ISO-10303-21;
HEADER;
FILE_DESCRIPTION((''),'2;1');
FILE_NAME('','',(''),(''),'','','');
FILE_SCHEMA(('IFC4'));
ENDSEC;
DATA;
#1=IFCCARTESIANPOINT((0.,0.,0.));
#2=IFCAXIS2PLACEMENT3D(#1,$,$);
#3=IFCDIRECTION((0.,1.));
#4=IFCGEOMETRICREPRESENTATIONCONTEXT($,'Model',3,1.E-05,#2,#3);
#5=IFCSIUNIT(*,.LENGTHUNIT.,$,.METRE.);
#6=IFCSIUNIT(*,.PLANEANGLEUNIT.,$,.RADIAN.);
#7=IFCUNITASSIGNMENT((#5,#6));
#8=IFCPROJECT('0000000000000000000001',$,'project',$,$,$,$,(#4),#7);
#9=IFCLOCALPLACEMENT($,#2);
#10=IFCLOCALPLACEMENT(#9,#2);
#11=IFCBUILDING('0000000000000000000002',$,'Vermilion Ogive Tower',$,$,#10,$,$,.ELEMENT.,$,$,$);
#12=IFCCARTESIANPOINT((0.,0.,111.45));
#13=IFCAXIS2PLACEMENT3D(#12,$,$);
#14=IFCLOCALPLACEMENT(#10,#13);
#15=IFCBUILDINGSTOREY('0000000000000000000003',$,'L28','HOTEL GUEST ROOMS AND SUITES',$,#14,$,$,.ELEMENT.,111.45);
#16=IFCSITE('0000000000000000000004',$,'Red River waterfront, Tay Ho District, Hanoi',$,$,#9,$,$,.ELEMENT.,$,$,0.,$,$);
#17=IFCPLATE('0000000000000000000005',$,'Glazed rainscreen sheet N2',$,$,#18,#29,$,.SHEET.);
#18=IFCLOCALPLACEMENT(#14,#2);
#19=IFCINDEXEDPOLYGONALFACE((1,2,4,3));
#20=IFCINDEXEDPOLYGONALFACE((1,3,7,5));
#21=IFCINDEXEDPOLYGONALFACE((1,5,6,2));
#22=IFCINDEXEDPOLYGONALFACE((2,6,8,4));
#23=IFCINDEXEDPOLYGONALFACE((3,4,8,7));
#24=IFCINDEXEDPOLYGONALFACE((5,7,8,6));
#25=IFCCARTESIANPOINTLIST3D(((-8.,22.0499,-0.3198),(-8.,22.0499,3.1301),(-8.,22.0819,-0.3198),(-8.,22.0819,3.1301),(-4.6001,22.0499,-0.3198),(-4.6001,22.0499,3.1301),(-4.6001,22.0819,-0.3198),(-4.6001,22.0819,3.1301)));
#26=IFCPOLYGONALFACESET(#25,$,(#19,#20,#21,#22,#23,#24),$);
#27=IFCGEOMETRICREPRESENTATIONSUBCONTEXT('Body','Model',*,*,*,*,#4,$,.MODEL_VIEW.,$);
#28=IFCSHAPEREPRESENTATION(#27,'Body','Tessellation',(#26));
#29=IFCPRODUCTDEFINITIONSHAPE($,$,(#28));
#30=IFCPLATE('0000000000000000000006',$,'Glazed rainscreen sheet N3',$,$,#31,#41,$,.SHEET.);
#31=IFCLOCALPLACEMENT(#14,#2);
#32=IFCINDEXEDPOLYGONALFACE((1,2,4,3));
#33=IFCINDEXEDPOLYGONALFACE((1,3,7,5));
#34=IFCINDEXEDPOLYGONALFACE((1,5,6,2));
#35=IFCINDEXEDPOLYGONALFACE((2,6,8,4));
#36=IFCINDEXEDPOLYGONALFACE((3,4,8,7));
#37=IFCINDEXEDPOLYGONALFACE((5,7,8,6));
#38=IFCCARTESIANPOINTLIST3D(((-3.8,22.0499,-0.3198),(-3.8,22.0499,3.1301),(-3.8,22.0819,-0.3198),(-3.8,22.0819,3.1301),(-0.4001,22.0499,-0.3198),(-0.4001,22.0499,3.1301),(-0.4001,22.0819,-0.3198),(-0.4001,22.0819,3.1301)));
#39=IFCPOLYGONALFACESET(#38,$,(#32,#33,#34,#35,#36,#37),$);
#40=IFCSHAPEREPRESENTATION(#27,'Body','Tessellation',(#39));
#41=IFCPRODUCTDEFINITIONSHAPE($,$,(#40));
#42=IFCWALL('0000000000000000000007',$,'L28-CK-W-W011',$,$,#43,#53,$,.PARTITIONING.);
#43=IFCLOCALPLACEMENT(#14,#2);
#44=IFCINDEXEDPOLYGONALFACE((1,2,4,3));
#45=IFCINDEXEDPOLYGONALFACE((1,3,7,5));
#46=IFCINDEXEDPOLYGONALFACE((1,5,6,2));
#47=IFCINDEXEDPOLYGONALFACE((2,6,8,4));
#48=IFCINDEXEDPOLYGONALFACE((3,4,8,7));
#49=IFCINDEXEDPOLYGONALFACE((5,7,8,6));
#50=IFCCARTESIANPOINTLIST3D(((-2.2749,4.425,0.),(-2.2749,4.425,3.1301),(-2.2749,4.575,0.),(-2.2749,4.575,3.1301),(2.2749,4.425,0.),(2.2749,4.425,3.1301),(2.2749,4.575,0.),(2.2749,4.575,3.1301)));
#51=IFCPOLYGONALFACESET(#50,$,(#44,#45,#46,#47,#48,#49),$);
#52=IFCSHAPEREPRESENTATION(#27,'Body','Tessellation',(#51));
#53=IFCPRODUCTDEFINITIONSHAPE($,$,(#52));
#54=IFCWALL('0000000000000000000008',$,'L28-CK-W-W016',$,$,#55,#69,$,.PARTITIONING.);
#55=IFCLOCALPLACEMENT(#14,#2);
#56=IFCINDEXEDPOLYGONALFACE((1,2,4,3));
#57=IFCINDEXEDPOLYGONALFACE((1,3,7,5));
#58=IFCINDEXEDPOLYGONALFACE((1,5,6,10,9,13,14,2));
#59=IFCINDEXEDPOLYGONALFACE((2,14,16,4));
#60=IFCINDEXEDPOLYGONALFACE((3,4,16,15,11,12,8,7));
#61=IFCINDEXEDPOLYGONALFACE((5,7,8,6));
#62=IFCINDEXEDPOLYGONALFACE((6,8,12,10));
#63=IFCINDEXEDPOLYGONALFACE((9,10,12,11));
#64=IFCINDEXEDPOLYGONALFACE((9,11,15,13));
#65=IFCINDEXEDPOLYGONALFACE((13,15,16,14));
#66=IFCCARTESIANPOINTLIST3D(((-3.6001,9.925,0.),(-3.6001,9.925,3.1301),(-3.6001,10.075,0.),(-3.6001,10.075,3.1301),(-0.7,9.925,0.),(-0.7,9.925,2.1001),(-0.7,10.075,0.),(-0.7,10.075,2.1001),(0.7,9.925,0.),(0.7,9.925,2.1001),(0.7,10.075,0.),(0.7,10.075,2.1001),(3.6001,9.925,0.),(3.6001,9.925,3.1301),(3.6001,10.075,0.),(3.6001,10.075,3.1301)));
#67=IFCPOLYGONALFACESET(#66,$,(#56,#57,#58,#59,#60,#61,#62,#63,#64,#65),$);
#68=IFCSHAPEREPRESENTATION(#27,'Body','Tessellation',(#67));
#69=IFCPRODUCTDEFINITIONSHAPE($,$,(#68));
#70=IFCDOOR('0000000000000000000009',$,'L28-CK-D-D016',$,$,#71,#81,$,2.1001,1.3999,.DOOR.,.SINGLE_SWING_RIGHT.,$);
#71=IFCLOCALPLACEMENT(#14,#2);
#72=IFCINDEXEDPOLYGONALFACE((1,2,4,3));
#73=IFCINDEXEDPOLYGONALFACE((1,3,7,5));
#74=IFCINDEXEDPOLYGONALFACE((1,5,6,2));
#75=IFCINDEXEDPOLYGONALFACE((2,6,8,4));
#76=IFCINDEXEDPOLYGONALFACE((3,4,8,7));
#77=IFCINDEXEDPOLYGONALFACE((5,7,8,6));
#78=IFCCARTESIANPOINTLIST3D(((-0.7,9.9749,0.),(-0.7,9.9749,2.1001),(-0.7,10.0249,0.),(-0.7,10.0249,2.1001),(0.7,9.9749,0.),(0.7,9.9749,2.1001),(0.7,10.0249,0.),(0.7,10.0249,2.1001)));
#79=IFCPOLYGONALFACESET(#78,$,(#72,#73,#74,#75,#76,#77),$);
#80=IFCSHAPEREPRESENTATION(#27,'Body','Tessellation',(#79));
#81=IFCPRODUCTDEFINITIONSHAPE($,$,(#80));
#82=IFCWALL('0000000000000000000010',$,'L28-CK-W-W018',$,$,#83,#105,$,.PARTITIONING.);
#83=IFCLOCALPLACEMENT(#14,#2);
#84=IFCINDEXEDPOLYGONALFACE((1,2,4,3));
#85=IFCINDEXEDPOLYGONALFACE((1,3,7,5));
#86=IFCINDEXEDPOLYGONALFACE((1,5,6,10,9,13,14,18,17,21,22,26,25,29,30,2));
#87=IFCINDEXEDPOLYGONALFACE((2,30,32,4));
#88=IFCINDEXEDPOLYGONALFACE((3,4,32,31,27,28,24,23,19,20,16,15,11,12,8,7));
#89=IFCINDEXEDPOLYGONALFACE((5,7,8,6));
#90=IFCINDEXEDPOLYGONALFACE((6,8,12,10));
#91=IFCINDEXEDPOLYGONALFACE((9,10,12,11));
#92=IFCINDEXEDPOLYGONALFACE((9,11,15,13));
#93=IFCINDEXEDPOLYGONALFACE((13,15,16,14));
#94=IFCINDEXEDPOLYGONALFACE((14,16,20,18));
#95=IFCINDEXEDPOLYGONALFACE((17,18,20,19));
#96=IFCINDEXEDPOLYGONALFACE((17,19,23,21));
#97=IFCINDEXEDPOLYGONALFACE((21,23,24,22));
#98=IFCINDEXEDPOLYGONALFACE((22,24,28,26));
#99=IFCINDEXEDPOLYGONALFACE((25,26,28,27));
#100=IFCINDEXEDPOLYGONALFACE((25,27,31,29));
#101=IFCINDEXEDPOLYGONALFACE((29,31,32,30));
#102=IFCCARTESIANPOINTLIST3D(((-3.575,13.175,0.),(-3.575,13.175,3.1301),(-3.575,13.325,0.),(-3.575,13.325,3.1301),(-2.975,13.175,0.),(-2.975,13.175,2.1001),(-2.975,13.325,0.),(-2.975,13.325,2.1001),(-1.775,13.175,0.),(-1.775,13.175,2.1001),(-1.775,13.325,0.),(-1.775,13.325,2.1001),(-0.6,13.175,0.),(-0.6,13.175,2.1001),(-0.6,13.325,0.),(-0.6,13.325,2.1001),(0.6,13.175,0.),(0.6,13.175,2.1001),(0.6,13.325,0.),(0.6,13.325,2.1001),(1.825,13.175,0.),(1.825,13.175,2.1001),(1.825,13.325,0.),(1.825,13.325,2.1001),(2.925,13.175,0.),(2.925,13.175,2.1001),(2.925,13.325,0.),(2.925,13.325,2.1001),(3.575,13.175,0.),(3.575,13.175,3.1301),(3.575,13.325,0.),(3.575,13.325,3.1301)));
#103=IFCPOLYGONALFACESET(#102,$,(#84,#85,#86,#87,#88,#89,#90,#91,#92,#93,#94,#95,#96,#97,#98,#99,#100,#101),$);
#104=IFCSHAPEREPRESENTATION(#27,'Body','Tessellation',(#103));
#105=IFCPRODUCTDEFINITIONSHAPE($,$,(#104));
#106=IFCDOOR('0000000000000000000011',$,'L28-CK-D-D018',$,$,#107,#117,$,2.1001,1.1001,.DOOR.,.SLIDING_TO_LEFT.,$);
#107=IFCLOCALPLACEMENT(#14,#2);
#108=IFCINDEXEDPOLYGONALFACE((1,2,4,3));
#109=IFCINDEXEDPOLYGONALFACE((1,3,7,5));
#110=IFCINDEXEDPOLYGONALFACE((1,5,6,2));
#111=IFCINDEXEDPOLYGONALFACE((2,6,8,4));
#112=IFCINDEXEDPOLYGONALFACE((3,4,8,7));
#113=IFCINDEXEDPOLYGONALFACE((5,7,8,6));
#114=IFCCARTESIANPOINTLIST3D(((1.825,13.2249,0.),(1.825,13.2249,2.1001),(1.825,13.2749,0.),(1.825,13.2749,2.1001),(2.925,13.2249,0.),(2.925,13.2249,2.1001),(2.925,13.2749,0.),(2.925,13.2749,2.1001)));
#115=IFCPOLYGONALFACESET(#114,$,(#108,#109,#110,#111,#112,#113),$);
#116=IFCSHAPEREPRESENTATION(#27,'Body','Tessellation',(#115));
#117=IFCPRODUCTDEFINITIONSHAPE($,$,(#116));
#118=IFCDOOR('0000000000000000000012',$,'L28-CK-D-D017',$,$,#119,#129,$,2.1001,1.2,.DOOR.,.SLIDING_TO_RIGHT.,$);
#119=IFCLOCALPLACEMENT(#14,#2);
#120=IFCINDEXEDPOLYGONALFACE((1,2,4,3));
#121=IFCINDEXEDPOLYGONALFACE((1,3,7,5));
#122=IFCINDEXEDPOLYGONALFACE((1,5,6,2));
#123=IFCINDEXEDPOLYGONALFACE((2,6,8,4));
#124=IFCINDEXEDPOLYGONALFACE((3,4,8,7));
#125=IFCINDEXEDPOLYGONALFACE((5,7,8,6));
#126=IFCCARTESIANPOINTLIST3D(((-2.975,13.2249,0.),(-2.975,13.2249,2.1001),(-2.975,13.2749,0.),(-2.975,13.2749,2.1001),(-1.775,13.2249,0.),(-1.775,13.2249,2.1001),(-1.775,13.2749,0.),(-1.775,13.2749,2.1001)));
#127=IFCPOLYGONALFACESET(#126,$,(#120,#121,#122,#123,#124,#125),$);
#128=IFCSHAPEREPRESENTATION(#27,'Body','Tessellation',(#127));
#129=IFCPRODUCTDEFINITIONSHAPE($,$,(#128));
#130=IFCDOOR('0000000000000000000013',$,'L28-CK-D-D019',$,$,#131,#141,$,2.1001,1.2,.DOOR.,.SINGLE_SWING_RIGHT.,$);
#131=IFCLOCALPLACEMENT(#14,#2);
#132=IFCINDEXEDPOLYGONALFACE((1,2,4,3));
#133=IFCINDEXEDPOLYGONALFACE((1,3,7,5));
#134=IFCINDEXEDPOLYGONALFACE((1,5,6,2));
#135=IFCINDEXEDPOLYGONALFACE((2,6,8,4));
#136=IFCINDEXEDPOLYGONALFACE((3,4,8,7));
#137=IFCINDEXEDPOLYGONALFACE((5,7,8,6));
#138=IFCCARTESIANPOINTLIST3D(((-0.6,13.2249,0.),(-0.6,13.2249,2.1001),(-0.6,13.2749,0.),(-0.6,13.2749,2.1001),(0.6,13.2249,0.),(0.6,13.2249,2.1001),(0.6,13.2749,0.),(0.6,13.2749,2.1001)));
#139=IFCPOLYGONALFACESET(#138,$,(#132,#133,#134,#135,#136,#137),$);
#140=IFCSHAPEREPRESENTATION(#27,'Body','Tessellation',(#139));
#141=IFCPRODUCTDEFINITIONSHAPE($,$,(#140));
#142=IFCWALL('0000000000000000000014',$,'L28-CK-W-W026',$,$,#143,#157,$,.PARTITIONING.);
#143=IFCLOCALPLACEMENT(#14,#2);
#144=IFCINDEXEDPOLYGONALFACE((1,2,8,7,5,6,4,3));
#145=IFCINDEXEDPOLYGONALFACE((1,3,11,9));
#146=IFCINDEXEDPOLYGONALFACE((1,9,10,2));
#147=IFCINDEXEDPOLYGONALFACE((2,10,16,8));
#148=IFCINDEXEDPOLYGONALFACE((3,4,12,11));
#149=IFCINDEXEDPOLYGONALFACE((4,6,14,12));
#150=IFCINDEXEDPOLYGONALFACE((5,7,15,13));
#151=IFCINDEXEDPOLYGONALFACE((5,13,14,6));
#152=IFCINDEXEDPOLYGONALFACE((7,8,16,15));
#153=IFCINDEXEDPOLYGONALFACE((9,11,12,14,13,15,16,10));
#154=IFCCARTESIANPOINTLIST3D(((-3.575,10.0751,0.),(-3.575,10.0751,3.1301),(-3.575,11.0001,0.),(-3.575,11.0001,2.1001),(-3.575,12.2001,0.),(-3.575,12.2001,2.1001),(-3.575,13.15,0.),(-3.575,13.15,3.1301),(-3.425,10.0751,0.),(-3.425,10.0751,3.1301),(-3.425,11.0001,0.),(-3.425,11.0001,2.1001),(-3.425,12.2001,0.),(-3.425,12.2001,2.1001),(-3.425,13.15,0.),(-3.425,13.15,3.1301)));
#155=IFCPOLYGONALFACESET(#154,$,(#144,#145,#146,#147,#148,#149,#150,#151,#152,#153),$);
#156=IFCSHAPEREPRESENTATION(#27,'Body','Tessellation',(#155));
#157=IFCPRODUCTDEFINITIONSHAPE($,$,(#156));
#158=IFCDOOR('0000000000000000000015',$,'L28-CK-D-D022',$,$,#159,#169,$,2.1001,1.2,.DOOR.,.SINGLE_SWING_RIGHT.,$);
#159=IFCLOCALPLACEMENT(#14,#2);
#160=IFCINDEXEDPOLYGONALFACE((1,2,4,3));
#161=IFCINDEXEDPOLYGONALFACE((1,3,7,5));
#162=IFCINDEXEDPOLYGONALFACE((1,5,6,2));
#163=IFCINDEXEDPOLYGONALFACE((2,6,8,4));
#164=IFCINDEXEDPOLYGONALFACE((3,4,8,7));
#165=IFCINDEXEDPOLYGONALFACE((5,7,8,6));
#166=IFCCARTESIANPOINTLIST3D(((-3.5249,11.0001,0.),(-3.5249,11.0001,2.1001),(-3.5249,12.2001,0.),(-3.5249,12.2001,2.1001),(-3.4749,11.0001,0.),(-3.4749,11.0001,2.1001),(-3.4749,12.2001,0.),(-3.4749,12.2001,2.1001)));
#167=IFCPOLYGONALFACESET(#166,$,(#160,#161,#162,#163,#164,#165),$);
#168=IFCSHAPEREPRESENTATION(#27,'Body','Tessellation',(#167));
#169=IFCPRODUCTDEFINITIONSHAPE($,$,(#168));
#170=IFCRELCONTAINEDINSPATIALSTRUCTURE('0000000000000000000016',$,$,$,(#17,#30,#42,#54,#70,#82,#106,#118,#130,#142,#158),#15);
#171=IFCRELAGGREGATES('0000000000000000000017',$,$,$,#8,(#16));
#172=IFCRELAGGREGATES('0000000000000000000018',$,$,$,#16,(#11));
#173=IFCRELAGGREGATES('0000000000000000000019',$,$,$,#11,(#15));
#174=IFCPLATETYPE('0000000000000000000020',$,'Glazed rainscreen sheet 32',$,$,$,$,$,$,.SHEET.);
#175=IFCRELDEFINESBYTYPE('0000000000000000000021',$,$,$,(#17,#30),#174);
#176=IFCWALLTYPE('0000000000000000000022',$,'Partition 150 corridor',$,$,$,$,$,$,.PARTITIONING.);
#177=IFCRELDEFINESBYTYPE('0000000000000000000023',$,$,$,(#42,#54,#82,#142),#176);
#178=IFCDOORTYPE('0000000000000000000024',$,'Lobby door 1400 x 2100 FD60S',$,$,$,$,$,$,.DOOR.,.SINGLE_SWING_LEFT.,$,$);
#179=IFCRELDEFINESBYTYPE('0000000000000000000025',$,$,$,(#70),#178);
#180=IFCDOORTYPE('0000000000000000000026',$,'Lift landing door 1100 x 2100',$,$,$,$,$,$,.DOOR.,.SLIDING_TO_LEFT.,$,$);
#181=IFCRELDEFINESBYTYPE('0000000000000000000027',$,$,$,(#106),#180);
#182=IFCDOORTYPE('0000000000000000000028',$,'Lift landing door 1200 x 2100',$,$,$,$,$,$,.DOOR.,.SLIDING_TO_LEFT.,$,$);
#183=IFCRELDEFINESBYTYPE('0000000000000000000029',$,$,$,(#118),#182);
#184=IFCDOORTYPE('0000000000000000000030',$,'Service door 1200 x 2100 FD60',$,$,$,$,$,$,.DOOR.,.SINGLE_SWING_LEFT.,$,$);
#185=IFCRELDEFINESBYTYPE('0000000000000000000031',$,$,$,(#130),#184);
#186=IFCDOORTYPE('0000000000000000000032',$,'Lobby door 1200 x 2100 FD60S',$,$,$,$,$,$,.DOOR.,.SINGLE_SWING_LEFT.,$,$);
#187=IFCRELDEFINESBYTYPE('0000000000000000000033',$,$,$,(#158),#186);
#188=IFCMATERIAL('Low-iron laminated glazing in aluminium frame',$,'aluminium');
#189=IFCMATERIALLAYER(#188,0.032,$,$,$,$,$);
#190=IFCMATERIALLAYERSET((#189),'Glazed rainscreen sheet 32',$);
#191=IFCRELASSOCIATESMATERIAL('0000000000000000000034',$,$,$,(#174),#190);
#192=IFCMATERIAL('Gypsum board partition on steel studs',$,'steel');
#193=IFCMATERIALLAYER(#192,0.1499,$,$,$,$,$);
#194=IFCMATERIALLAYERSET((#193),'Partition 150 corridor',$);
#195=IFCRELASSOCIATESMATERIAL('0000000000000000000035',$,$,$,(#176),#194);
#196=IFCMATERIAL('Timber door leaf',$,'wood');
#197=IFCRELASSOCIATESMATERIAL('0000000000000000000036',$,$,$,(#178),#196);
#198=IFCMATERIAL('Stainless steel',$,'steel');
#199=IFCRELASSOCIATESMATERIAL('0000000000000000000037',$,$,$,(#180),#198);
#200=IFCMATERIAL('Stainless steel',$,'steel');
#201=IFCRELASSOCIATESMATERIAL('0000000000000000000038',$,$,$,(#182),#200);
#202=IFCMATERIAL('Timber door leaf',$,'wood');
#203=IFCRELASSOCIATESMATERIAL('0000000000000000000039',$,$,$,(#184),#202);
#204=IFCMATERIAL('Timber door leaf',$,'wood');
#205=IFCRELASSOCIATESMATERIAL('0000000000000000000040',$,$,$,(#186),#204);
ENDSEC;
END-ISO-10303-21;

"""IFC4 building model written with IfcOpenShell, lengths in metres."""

from ifc_helpers import new_model, si_unit, direction, frame, frame_2d, origin, origin_2d, place, context, subcontext, project, spatial, rectangle, extrude, material, layer, layer_set, type_object, element, fill, save


model = new_model("IFC4")

# Units and contexts
model_context = context("Model", 3, precision=1e-05, world=origin(), true_north=direction((0.0, 1.0)))
body_context = subcontext(model_context, "Body", "Model", "MODEL_VIEW")
ifc_project = project(units=[si_unit("LENGTHUNIT", "METRE"), si_unit("PLANEANGLEUNIT", "RADIAN")], contexts=[model_context])

# Site, building, storey
site_placement = place(None, origin())
site = spatial("IfcSite", under=ifc_project, at=site_placement, Name="Red River waterfront, Tay Ho District, Hanoi", CompositionType="ELEMENT", RefElevation=0.0)
building_placement = place(site_placement, origin())
building = spatial("IfcBuilding", under=site, at=building_placement, Name="Vermilion Ogive Tower", CompositionType="ELEMENT")
storey_placement = place(building_placement, frame((0.0, 0.0, 111.45)))
storey = spatial("IfcBuildingStorey", under=building, at=storey_placement, Name="L28", Description="HOTEL GUEST ROOMS AND SUITES", CompositionType="ELEMENT", Elevation=111.45)

# Plates
ifc_material_1 = material(Name="Low-iron laminated glazing in aluminium frame", Category="aluminium")
ifc_layer_1 = layer(ifc_material_1, 0.032)
ifc_layer_set_1 = layer_set([ifc_layer_1], Name="Glazed rainscreen sheet 32")
plate_type = type_object("IfcPlateType", Name="Glazed rainscreen sheet 32", PredefinedType="SHEET", material=ifc_layer_set_1)
for number, where, z_axis, x_axis, name in (
    (1, (-6.3, 22.0659, -0.3198), (0.0, 0.0, 1.0), (1.0, 0.0, 0.0), "Glazed rainscreen sheet N2"),
    (2, (-2.1001, 22.0659, -0.3198), (0.0, 0.0, 1.0), (1.0, 0.0, 0.0), "Glazed rainscreen sheet N3"),
):
    element("IfcPlate", number, at=place(storey_placement, frame(where, z_axis=z_axis, x_axis=x_axis)), inside=storey, type_object=plate_type, Name=name, PredefinedType="SHEET", context=body_context, shape_type="SweptSolid", body=[
        extrude(rectangle(XDim=3.3999, YDim=0.032, at=origin_2d()), origin(), (0.0, 0.0, 1.0), 3.45),
    ])

# Wall
ifc_material_2 = material(Name="Gypsum board partition on steel studs", Category="steel")
ifc_layer_2 = layer(ifc_material_2, 0.1499)
ifc_layer_set_2 = layer_set([ifc_layer_2], Name="Partition 150 corridor")
wall_type_1 = type_object("IfcWallType", Name="Partition 150 corridor", PredefinedType="PARTITIONING", material=ifc_layer_set_2)
wall_1_placement = place(storey_placement, frame((-2.2749, 4.5, 0.0), z_axis=(0.0, 0.0, 1.0), x_axis=(1.0, 0.0, 0.0)))
element("IfcWall", 3, at=wall_1_placement, inside=storey, type_object=wall_type_1, Name="L28-CK-W-W011", PredefinedType="PARTITIONING", context=body_context, shape_type="SweptSolid", body=[
    extrude(rectangle(XDim=4.5498, YDim=0.1499, at=frame_2d((2.2749, 0.0))), origin(), (0.0, 0.0, 1.0), 3.1301),
])

# Wall, opening, door
wall_2_placement = place(storey_placement, frame((-3.6001, 10.0, 0.0), z_axis=(0.0, 0.0, 1.0), x_axis=(1.0, 0.0, 0.0)))
wall_2 = element("IfcWall", 4, at=wall_2_placement, inside=storey, type_object=wall_type_1, Name="L28-CK-W-W016", PredefinedType="PARTITIONING", context=body_context, shape_type="SweptSolid", body=[
    extrude(rectangle(XDim=7.2002, YDim=0.1499, at=frame_2d((3.6001, 0.0))), origin(), (0.0, 0.0, 1.0), 3.1301),
])
opening_1_placement = place(wall_2_placement, frame((2.9001, 0.0, 0.0)))
opening_1 = element("IfcOpeningElement", 5, at=opening_1_placement, cuts=wall_2, PredefinedType="OPENING", context=body_context, shape_type="SweptSolid", body=[
    extrude(rectangle(XDim=1.3999, YDim=2.1001, at=frame_2d((0.7, 1.05))), frame((0.0, 0.085, 0.0), z_axis=(0.0, -1.0, 0.0), x_axis=(1.0, 0.0, 0.0)), (0.0, 0.0, 1.0), 0.1699),
])
ifc_material_3 = material(Name="Timber door leaf", Category="wood")
door_type_1 = type_object("IfcDoorType", Name="Lobby door 1400 x 2100 FD60S", OperationType="SINGLE_SWING_LEFT", PredefinedType="DOOR", material=ifc_material_3)
door_1_placement = place(opening_1_placement, origin())
door_1 = element("IfcDoor", 6, at=door_1_placement, inside=storey, type_object=door_type_1, Name="L28-CK-D-D016", OperationType="SINGLE_SWING_RIGHT", OverallHeight=2.1001, OverallWidth=1.3999, PredefinedType="DOOR", context=body_context, shape_type="SweptSolid", body=[
    extrude(rectangle(XDim=1.3999, YDim=2.1001, at=frame_2d((0.7, 1.05))), frame((0.0, 0.0249, 0.0), z_axis=(0.0, -1.0, 0.0), x_axis=(1.0, 0.0, 0.0)), (0.0, 0.0, 1.0), 0.05),
])
fill(opening_1, door_1)

# Wall, openings, doors
wall_3_placement = place(storey_placement, frame((-3.575, 13.25, 0.0), z_axis=(0.0, 0.0, 1.0), x_axis=(1.0, 0.0, 0.0)))
wall_3 = element("IfcWall", 7, at=wall_3_placement, inside=storey, type_object=wall_type_1, Name="L28-CK-W-W018", PredefinedType="PARTITIONING", context=body_context, shape_type="SweptSolid", body=[
    extrude(rectangle(XDim=7.1499, YDim=0.1499, at=frame_2d((3.575, 0.0))), origin(), (0.0, 0.0, 1.0), 3.1301),
])
opening_2_placement = place(wall_3_placement, frame((0.5999, 0.0, 0.0)))
opening_2 = element("IfcOpeningElement", 8, at=opening_2_placement, cuts=wall_3, PredefinedType="OPENING", context=body_context, shape_type="SweptSolid", body=[
    extrude(rectangle(XDim=1.2, YDim=2.1001, at=frame_2d((0.6001, 1.05))), frame((0.0, 0.085, 0.0), z_axis=(0.0, -1.0, 0.0), x_axis=(1.0, 0.0, 0.0)), (0.0, 0.0, 1.0), 0.1699),
])
opening_3_placement = place(wall_3_placement, frame((5.3999, 0.0, 0.0)))
opening_3 = element("IfcOpeningElement", 9, at=opening_3_placement, cuts=wall_3, PredefinedType="OPENING", context=body_context, shape_type="SweptSolid", body=[
    extrude(rectangle(XDim=1.1001, YDim=2.1001, at=frame_2d((0.55, 1.05))), frame((0.0, 0.085, 0.0), z_axis=(0.0, -1.0, 0.0), x_axis=(1.0, 0.0, 0.0)), (0.0, 0.0, 1.0), 0.1699),
])
opening_4_placement = place(wall_3_placement, frame((2.9749, 0.0, 0.0)))
opening_4 = element("IfcOpeningElement", 10, at=opening_4_placement, cuts=wall_3, PredefinedType="OPENING", context=body_context, shape_type="SweptSolid", body=[
    extrude(rectangle(XDim=1.2, YDim=2.1001, at=frame_2d((0.6001, 1.05))), frame((0.0, 0.085, 0.0), z_axis=(0.0, -1.0, 0.0), x_axis=(1.0, 0.0, 0.0)), (0.0, 0.0, 1.0), 0.1699),
])
ifc_material_4 = material(Name="Stainless steel", Category="steel")
door_type_2 = type_object("IfcDoorType", Name="Lift landing door 1100 x 2100", OperationType="SLIDING_TO_LEFT", PredefinedType="DOOR", material=ifc_material_4)
door_2_placement = place(opening_3_placement, origin())
door_2 = element("IfcDoor", 11, at=door_2_placement, inside=storey, type_object=door_type_2, Name="L28-CK-D-D018", OperationType="SLIDING_TO_LEFT", OverallHeight=2.1001, OverallWidth=1.1001, PredefinedType="DOOR", context=body_context, shape_type="SweptSolid", body=[
    extrude(rectangle(XDim=1.1001, YDim=2.1001, at=frame_2d((0.55, 1.05))), frame((0.0, 0.0249, 0.0), z_axis=(0.0, -1.0, 0.0), x_axis=(1.0, 0.0, 0.0)), (0.0, 0.0, 1.0), 0.05),
])
fill(opening_3, door_2)
ifc_material_5 = material(Name="Stainless steel", Category="steel")
door_type_3 = type_object("IfcDoorType", Name="Lift landing door 1200 x 2100", OperationType="SLIDING_TO_LEFT", PredefinedType="DOOR", material=ifc_material_5)
door_3_placement = place(opening_2_placement, origin())
door_3 = element("IfcDoor", 12, at=door_3_placement, inside=storey, type_object=door_type_3, Name="L28-CK-D-D017", OperationType="SLIDING_TO_RIGHT", OverallHeight=2.1001, OverallWidth=1.2, PredefinedType="DOOR", context=body_context, shape_type="SweptSolid", body=[
    extrude(rectangle(XDim=1.2, YDim=2.1001, at=frame_2d((0.6001, 1.05))), frame((0.0, 0.0249, 0.0), z_axis=(0.0, -1.0, 0.0), x_axis=(1.0, 0.0, 0.0)), (0.0, 0.0, 1.0), 0.05),
])
fill(opening_2, door_3)
ifc_material_6 = material(Name="Timber door leaf", Category="wood")
door_type_4 = type_object("IfcDoorType", Name="Service door 1200 x 2100 FD60", OperationType="SINGLE_SWING_LEFT", PredefinedType="DOOR", material=ifc_material_6)
door_4_placement = place(opening_4_placement, origin())
door_4 = element("IfcDoor", 13, at=door_4_placement, inside=storey, type_object=door_type_4, Name="L28-CK-D-D019", OperationType="SINGLE_SWING_RIGHT", OverallHeight=2.1001, OverallWidth=1.2, PredefinedType="DOOR", context=body_context, shape_type="SweptSolid", body=[
    extrude(rectangle(XDim=1.2, YDim=2.1001, at=frame_2d((0.6001, 1.05))), frame((0.0, 0.0249, 0.0), z_axis=(0.0, -1.0, 0.0), x_axis=(1.0, 0.0, 0.0)), (0.0, 0.0, 1.0), 0.05),
])
fill(opening_4, door_4)

# Wall, opening, door
wall_4_placement = place(storey_placement, frame((-3.5, 10.075, 0.0), z_axis=(0.0, 0.0, 1.0), x_axis=(0.0, 1.0, 0.0)))
wall_4 = element("IfcWall", 14, at=wall_4_placement, inside=storey, type_object=wall_type_1, Name="L28-CK-W-W026", PredefinedType="PARTITIONING", context=body_context, shape_type="SweptSolid", body=[
    extrude(rectangle(XDim=3.075, YDim=0.1499, at=frame_2d((1.5376, 0.0))), origin(), (0.0, 0.0, 1.0), 3.1301),
])
opening_5_placement = place(wall_4_placement, frame((0.925, 0.0, 0.0)))
opening_5 = element("IfcOpeningElement", 15, at=opening_5_placement, cuts=wall_4, PredefinedType="OPENING", context=body_context, shape_type="SweptSolid", body=[
    extrude(rectangle(XDim=1.2, YDim=2.1001, at=frame_2d((0.6001, 1.05))), frame((0.0, 0.085, 0.0), z_axis=(0.0, -1.0, 0.0), x_axis=(1.0, 0.0, 0.0)), (0.0, 0.0, 1.0), 0.1699),
])
ifc_material_7 = material(Name="Timber door leaf", Category="wood")
door_type_5 = type_object("IfcDoorType", Name="Lobby door 1200 x 2100 FD60S", OperationType="SINGLE_SWING_LEFT", PredefinedType="DOOR", material=ifc_material_7)
door_5_placement = place(opening_5_placement, origin())
door_5 = element("IfcDoor", 16, at=door_5_placement, inside=storey, type_object=door_type_5, Name="L28-CK-D-D022", OperationType="SINGLE_SWING_RIGHT", OverallHeight=2.1001, OverallWidth=1.2, PredefinedType="DOOR", context=body_context, shape_type="SweptSolid", body=[
    extrude(rectangle(XDim=1.2, YDim=2.1001, at=frame_2d((0.6001, 1.05))), frame((0.0, 0.0249, 0.0), z_axis=(0.0, -1.0, 0.0), x_axis=(1.0, 0.0, 0.0)), (0.0, 0.0, 1.0), 0.05),
])
fill(opening_5, door_5)

save(model, "model.ifc")
